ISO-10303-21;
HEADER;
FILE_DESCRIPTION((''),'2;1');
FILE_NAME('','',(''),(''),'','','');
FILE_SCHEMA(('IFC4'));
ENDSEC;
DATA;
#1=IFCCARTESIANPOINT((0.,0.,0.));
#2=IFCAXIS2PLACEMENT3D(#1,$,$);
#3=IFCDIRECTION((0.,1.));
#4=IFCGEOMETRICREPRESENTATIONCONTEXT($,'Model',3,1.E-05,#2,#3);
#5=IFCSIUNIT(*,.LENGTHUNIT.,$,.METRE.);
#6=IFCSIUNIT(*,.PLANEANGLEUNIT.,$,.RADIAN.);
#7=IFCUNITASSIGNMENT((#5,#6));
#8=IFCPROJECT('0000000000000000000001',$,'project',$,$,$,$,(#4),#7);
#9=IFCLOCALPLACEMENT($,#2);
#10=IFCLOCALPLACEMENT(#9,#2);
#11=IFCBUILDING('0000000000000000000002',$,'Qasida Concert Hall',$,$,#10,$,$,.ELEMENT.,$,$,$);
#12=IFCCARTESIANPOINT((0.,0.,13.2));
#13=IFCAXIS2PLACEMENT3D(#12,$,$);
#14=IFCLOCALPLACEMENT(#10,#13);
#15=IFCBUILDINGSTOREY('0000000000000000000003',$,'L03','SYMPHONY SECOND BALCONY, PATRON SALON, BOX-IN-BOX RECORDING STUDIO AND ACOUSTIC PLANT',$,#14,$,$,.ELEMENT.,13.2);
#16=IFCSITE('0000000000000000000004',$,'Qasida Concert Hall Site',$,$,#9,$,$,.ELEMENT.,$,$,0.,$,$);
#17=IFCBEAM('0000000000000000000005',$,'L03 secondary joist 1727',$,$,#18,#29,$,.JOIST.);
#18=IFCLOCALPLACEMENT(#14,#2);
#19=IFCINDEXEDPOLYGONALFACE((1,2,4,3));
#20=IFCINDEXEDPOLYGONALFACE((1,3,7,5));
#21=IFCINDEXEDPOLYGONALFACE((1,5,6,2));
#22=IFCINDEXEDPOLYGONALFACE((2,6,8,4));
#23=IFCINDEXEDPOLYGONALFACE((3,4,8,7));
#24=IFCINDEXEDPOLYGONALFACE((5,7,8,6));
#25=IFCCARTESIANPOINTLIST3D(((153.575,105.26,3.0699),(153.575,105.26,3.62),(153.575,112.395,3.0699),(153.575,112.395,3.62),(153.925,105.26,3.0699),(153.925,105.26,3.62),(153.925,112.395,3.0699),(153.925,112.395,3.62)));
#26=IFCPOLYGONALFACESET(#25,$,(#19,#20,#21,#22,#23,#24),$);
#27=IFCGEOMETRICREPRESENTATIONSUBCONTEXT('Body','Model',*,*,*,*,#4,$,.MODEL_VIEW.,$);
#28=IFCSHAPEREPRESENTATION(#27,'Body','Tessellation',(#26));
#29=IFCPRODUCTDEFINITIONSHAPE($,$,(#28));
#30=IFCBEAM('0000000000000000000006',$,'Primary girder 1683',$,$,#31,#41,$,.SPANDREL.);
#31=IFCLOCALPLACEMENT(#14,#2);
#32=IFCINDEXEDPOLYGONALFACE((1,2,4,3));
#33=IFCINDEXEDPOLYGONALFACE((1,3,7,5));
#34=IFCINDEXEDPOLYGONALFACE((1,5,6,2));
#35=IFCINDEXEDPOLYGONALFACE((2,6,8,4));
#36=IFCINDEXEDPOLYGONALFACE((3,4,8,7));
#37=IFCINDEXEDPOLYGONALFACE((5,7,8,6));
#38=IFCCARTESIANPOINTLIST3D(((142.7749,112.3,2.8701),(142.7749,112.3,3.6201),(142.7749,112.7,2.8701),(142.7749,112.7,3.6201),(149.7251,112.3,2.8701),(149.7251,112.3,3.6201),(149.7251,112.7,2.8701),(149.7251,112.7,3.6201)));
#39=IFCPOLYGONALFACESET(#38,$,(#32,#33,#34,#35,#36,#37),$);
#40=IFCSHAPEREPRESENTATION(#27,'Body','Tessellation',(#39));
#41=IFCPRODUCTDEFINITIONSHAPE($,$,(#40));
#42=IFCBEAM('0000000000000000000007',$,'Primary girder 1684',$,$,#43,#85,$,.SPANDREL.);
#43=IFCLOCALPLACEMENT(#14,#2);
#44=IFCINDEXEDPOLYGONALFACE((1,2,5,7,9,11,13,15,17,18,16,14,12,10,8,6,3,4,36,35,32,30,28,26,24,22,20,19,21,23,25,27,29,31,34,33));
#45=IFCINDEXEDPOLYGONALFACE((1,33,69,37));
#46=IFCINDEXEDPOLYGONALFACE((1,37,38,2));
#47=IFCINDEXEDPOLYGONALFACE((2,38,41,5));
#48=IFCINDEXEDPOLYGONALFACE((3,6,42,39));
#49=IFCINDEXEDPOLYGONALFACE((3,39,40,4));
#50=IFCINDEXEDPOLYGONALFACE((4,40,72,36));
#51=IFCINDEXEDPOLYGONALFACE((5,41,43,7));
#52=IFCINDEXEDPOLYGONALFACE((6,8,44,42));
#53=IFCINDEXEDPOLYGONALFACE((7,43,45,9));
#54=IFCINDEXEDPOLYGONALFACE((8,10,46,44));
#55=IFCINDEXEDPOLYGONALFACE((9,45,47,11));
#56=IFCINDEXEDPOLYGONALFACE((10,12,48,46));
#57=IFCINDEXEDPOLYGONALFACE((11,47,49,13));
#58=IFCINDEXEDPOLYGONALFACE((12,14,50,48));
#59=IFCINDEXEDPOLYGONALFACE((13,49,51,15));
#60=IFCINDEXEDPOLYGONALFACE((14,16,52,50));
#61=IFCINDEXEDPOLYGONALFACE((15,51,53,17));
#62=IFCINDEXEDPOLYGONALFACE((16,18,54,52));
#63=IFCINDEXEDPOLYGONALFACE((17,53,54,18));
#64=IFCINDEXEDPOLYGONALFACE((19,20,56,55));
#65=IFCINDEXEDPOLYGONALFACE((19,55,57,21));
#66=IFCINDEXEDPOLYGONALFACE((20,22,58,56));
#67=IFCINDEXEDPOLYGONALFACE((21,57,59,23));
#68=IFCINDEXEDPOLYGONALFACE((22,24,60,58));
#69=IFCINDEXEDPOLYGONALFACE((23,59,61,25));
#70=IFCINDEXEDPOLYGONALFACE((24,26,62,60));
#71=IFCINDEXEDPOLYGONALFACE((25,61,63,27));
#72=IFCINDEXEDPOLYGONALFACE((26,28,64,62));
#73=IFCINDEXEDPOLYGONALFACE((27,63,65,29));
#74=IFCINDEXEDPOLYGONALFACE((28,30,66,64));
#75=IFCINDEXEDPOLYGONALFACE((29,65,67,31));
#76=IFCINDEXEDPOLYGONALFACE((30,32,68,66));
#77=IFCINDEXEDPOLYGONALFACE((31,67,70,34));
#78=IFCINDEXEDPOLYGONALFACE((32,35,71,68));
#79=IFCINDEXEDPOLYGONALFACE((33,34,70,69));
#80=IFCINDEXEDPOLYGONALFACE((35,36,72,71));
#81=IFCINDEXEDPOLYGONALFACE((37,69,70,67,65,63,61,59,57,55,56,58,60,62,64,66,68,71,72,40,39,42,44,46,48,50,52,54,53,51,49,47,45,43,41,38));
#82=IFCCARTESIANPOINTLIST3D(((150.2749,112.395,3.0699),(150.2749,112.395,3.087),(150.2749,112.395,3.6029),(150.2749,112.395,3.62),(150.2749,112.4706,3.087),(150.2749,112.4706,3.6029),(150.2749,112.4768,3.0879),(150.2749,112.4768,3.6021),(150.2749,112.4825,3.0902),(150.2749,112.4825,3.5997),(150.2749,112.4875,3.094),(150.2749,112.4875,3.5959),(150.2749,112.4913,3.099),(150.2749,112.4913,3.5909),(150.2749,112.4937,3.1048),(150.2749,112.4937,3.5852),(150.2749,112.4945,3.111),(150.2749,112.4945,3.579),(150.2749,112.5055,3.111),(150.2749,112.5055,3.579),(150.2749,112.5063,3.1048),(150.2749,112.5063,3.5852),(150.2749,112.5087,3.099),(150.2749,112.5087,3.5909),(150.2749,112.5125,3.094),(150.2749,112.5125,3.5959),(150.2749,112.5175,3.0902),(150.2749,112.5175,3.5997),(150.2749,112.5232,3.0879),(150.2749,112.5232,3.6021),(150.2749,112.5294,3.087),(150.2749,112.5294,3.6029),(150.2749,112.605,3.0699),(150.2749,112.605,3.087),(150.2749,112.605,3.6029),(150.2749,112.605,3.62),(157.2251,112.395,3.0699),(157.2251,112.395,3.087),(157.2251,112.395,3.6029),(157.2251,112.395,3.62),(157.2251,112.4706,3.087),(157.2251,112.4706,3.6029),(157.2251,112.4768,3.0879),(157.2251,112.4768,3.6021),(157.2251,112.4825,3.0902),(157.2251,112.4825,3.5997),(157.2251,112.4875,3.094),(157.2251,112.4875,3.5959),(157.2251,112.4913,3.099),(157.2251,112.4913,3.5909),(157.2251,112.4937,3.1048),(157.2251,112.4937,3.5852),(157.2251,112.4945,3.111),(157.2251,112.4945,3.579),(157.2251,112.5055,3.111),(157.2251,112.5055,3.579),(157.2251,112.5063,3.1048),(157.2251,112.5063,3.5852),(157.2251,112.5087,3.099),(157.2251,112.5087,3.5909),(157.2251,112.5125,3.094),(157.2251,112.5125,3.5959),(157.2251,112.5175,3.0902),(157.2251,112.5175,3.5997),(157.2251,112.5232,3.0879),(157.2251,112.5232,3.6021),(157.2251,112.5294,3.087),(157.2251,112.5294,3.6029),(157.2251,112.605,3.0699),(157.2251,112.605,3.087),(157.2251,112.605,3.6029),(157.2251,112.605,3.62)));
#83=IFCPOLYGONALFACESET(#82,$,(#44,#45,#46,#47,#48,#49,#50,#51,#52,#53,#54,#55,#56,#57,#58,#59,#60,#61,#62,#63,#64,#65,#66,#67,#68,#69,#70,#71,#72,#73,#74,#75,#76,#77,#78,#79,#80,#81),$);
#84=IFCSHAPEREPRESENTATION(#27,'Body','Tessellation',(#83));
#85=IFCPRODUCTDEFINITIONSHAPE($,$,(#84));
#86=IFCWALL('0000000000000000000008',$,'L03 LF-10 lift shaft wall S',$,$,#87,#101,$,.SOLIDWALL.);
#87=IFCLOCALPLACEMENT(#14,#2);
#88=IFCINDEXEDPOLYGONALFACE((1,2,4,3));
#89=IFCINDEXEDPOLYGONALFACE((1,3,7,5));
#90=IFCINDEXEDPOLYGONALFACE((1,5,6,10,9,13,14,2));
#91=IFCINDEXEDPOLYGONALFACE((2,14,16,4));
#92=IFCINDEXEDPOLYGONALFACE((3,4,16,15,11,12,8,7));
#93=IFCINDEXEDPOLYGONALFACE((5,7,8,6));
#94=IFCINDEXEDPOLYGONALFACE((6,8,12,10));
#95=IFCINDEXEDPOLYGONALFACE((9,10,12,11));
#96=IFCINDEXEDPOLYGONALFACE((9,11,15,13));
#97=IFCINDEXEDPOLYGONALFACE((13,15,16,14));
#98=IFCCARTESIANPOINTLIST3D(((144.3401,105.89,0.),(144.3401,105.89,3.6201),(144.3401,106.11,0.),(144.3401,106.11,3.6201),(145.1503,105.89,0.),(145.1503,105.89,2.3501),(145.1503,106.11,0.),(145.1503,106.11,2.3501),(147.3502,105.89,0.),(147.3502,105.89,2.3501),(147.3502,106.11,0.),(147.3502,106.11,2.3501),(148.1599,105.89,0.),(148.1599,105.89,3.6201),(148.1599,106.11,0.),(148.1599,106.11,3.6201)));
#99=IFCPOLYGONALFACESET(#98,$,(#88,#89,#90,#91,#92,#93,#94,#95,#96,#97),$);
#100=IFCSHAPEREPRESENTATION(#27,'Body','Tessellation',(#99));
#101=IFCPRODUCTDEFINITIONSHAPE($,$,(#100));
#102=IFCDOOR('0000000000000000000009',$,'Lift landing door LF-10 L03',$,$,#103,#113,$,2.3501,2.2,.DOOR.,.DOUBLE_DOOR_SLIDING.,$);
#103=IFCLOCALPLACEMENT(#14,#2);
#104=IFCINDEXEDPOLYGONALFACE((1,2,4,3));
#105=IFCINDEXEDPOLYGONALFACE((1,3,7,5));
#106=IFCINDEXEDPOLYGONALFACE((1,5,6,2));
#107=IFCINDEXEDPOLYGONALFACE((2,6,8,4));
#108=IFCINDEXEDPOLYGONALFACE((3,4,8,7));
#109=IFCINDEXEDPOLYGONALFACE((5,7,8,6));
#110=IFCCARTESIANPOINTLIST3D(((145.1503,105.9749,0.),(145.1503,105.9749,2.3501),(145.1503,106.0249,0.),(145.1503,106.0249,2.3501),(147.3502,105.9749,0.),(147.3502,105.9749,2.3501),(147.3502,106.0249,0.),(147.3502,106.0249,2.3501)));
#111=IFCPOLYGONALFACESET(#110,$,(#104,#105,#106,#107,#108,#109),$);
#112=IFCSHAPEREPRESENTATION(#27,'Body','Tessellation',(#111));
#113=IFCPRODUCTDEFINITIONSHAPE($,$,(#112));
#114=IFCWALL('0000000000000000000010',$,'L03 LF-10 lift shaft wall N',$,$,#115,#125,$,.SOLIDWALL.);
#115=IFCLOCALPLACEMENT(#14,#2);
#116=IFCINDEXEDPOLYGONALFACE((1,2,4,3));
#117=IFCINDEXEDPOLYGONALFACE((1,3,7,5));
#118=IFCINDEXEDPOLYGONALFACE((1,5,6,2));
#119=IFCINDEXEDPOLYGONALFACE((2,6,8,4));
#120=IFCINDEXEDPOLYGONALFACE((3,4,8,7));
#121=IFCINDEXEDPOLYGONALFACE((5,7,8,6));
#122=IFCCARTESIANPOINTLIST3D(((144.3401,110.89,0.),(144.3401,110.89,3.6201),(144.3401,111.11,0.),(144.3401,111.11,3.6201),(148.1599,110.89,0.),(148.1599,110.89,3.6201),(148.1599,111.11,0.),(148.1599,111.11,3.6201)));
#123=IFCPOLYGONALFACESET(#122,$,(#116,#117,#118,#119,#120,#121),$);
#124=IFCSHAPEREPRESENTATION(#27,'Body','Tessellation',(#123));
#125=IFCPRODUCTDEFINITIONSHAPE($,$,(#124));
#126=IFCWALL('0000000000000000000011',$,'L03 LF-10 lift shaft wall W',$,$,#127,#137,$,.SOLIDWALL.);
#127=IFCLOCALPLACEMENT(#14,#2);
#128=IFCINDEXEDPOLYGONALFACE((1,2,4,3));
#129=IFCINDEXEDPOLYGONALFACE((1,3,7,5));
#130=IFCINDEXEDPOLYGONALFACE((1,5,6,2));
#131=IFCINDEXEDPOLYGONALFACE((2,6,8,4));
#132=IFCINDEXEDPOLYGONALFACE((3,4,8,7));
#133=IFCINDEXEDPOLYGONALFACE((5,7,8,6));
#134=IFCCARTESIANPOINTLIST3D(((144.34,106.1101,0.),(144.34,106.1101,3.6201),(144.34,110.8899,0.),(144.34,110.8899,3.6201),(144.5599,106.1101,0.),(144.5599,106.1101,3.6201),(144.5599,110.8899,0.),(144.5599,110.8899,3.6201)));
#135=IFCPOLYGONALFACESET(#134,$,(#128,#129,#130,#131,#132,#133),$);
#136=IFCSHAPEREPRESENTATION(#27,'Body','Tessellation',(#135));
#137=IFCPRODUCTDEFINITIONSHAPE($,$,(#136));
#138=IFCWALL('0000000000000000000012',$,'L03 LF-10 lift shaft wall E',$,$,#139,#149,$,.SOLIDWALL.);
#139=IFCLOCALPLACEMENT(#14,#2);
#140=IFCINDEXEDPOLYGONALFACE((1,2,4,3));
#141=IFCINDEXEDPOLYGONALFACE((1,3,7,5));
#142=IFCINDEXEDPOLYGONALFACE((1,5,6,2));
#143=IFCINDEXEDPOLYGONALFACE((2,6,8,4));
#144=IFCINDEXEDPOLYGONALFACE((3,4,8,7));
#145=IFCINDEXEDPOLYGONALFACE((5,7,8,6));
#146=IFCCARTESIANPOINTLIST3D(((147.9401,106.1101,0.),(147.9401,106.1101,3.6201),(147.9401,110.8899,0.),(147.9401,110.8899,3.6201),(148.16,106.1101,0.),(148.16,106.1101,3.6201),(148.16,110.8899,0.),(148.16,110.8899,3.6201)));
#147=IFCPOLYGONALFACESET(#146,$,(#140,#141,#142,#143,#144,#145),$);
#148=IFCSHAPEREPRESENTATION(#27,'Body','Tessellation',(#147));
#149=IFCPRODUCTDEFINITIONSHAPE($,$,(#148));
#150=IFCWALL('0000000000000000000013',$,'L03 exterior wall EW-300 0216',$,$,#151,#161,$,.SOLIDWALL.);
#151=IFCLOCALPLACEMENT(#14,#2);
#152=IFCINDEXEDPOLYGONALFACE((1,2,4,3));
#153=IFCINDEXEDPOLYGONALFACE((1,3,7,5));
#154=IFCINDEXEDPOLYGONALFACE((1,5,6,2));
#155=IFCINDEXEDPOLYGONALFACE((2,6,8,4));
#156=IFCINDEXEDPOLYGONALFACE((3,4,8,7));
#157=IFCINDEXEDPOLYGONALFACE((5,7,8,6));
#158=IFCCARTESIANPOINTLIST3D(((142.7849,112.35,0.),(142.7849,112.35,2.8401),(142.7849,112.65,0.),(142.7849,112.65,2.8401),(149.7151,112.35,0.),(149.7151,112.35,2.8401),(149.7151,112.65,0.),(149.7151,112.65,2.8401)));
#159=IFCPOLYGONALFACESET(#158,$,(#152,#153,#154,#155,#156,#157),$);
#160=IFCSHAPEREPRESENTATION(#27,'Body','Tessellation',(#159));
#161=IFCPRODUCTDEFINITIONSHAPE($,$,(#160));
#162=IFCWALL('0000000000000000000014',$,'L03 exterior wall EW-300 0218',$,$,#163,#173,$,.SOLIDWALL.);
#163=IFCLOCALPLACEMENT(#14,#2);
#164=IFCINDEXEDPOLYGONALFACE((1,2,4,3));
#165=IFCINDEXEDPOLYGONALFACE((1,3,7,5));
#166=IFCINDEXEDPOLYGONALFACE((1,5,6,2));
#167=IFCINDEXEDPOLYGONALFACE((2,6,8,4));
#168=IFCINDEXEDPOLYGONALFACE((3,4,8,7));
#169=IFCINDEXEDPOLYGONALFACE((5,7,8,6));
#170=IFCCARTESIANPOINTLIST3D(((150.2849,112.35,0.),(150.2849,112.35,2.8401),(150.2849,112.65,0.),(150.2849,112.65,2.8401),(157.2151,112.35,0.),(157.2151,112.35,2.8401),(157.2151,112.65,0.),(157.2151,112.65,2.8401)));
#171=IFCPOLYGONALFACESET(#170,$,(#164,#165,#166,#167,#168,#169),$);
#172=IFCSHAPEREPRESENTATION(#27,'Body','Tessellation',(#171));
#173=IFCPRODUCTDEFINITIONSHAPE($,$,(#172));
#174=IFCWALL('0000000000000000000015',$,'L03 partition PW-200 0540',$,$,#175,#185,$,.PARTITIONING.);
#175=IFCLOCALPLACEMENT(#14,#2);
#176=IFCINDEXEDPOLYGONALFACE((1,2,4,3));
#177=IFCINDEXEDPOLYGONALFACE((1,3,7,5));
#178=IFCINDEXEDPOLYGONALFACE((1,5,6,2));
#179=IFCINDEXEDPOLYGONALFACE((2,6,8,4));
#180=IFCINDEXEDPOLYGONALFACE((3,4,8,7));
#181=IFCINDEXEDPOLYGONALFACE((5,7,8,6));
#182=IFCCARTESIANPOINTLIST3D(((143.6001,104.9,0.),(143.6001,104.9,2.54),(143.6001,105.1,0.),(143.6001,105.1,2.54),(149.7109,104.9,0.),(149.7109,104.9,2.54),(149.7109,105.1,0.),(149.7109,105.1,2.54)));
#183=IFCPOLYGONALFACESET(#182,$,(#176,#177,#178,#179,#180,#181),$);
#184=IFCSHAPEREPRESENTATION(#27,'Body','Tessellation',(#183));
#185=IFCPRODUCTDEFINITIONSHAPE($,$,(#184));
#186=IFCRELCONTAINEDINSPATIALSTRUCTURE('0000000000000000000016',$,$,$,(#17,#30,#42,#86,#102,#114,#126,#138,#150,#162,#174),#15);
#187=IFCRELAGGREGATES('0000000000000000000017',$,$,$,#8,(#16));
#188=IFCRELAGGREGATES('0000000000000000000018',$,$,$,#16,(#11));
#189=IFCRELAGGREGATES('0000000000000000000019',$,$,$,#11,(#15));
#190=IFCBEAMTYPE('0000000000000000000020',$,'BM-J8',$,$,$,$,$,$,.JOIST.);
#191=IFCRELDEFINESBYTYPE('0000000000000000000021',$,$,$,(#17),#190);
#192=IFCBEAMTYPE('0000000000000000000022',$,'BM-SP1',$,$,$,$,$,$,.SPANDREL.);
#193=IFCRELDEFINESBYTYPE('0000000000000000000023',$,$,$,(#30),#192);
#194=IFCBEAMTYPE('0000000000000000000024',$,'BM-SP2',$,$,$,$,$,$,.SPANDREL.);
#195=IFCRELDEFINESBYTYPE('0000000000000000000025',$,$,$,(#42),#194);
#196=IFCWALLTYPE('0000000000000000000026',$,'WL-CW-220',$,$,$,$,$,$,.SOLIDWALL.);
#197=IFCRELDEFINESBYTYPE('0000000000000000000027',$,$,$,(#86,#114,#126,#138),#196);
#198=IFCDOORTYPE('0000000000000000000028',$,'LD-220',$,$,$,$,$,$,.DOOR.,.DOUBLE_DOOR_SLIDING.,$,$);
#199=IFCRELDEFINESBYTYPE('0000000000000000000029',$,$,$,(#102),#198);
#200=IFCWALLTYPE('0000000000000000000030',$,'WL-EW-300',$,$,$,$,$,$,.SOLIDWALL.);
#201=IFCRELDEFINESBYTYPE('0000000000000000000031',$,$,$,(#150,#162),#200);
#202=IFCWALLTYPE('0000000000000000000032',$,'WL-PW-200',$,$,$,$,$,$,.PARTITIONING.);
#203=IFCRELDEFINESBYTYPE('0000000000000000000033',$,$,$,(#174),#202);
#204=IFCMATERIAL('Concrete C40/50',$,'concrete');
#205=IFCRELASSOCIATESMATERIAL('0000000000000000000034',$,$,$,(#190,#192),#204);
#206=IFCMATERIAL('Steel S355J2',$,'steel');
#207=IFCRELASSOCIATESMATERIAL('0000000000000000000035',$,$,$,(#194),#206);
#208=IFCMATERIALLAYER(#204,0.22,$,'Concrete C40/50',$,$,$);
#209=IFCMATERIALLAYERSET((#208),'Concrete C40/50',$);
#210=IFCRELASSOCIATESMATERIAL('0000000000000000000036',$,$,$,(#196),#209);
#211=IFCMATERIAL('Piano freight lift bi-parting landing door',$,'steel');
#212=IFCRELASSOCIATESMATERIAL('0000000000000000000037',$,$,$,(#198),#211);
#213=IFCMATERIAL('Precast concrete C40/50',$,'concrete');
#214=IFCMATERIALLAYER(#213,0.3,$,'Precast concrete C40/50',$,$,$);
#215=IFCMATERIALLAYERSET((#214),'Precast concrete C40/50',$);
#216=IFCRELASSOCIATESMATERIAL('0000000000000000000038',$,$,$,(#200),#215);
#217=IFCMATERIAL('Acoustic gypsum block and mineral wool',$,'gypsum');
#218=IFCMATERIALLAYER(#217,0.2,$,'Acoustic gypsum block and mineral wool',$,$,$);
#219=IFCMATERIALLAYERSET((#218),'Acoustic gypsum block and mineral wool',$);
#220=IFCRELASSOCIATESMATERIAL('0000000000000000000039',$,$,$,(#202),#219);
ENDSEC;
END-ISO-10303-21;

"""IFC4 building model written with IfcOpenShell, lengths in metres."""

from ifc_helpers import new_model, si_unit, direction, frame, frame_2d, origin, origin_2d, place, context, subcontext, project, spatial, rectangle, i_section, extrude, material, layer, layer_set, material_profile, profile_set, type_object, element, fill, save


model = new_model("IFC4")

# Units and contexts
model_context = context("Model", 3, precision=1e-05, world=origin(), true_north=direction((0.0, 1.0)))
body_context = subcontext(model_context, "Body", "Model", "MODEL_VIEW")
ifc_project = project(units=[si_unit("LENGTHUNIT", "METRE"), si_unit("PLANEANGLEUNIT", "RADIAN")], contexts=[model_context])

# Site, building, storey
site_placement = place(None, origin())
site = spatial("IfcSite", under=ifc_project, at=site_placement, Name="Qasida Concert Hall Site", CompositionType="ELEMENT", RefElevation=0.0)
building_placement = place(site_placement, origin())
building = spatial("IfcBuilding", under=site, at=building_placement, Name="Qasida Concert Hall", CompositionType="ELEMENT")
storey_placement = place(building_placement, frame((0.0, 0.0, 13.2)))
storey = spatial("IfcBuildingStorey", under=building, at=storey_placement, Name="L03", Description="SYMPHONY SECOND BALCONY, PATRON SALON, BOX-IN-BOX RECORDING STUDIO AND ACOUSTIC PLANT", CompositionType="ELEMENT", Elevation=13.2)

# Beams
ifc_material_1 = material(Name="Concrete C40/50", Category="concrete")
ifc_material_2 = material(Name="Steel S355J2", Category="steel")
ifc_material_profile_1 = material_profile(ifc_material_1, rectangle(XDim=0.3501, YDim=0.55, at=origin_2d()), Name="RC 350x550")
ifc_profile_set_1 = profile_set([ifc_material_profile_1], Name="Concrete C40/50")
beam_type_1 = type_object("IfcBeamType", Name="BM-J8", PredefinedType="JOIST", material=ifc_profile_set_1)
beam_1_placement = place(storey_placement, frame((153.75, 105.26, 3.345), z_axis=(0.0, 1.0, 0.0), x_axis=(-1.0, 0.0, 0.0)))
element("IfcBeam", 1, at=beam_1_placement, inside=storey, type_object=beam_type_1, Name="L03 secondary joist 1727", PredefinedType="JOIST", context=body_context, shape_type="SweptSolid", body=[
    extrude(rectangle(XDim=0.3501, YDim=0.55, at=origin_2d()), origin(), (0.0, 0.0, 1.0), 7.135),
])
ifc_material_profile_2 = material_profile(ifc_material_1, rectangle(XDim=0.3999, YDim=0.75, at=origin_2d()), Name="RC 400x750")
ifc_profile_set_2 = profile_set([ifc_material_profile_2], Name="Concrete C40/50")
beam_type_2 = type_object("IfcBeamType", Name="BM-SP1", PredefinedType="SPANDREL", material=ifc_profile_set_2)
beam_2_placement = place(storey_placement, frame((142.7749, 112.5, 3.2451), z_axis=(1.0, 0.0, 0.0), x_axis=(0.0, 1.0, 0.0)))
element("IfcBeam", 2, at=beam_2_placement, inside=storey, type_object=beam_type_2, Name="Primary girder 1683", PredefinedType="SPANDREL", context=body_context, shape_type="SweptSolid", body=[
    extrude(rectangle(XDim=0.3999, YDim=0.75, at=origin_2d()), origin(), (0.0, 0.0, 1.0), 6.9502),
])
ifc_material_profile_3 = material_profile(ifc_material_2, i_section(OverallWidth=0.21, OverallDepth=0.55, WebThickness=0.011, FlangeThickness=0.0171, FilletRadius=0.0239, at=origin_2d()), Name="IPE 550")
ifc_profile_set_3 = profile_set([ifc_material_profile_3], Name="Steel S355J2")
beam_type_3 = type_object("IfcBeamType", Name="BM-SP2", PredefinedType="SPANDREL", material=ifc_profile_set_3)
beam_3_placement = place(storey_placement, frame((150.2749, 112.5, 3.345), z_axis=(1.0, 0.0, 0.0), x_axis=(0.0, 1.0, 0.0)))
element("IfcBeam", 3, at=beam_3_placement, inside=storey, type_object=beam_type_3, Name="Primary girder 1684", PredefinedType="SPANDREL", context=body_context, shape_type="SweptSolid", body=[
    extrude(i_section(OverallWidth=0.21, OverallDepth=0.55, WebThickness=0.011, FlangeThickness=0.0171, FilletRadius=0.0239, at=origin_2d()), origin(), (0.0, 0.0, 1.0), 6.9502),
])

# Wall, opening, door
ifc_layer_1 = layer(ifc_material_1, 0.22, Name="Concrete C40/50")
ifc_layer_set_1 = layer_set([ifc_layer_1], Name="Concrete C40/50")
wall_type_1 = type_object("IfcWallType", Name="WL-CW-220", PredefinedType="SOLIDWALL", material=ifc_layer_set_1)
wall_1_placement = place(storey_placement, frame((144.3401, 106.0, 0.0), z_axis=(0.0, 0.0, 1.0), x_axis=(1.0, 0.0, 0.0)))
wall_1 = element("IfcWall", 4, at=wall_1_placement, inside=storey, type_object=wall_type_1, Name="L03 LF-10 lift shaft wall S", PredefinedType="SOLIDWALL", context=body_context, shape_type="SweptSolid", body=[
    extrude(rectangle(XDim=3.8198, YDim=0.22, at=frame_2d((1.9099, 0.0))), origin(), (0.0, 0.0, 1.0), 3.6201),
])
opening_1_placement = place(wall_1_placement, frame((0.8101, 0.0, 0.0)))
opening_1 = element("IfcOpeningElement", 5, at=opening_1_placement, cuts=wall_1, PredefinedType="OPENING", context=body_context, shape_type="SweptSolid", body=[
    extrude(rectangle(XDim=2.2, YDim=2.3501, at=frame_2d((1.1001, 1.175))), frame((0.0, 0.1199, 0.0), z_axis=(0.0, -1.0, 0.0), x_axis=(1.0, 0.0, 0.0)), (0.0, 0.0, 1.0), 0.24),
])
ifc_material_3 = material(Name="Piano freight lift bi-parting landing door", Category="steel")
door_type_1 = type_object("IfcDoorType", Name="LD-220", OperationType="DOUBLE_DOOR_SLIDING", PredefinedType="DOOR", material=ifc_material_3)
door_1_placement = place(opening_1_placement, origin())
door_1 = element("IfcDoor", 6, at=door_1_placement, inside=storey, type_object=door_type_1, Name="Lift landing door LF-10 L03", OperationType="DOUBLE_DOOR_SLIDING", OverallHeight=2.3501, OverallWidth=2.2, PredefinedType="DOOR", context=body_context, shape_type="SweptSolid", body=[
    extrude(rectangle(XDim=2.2, YDim=2.3501, at=frame_2d((1.1001, 1.175))), frame((0.0, 0.0249, 0.0), z_axis=(0.0, -1.0, 0.0), x_axis=(1.0, 0.0, 0.0)), (0.0, 0.0, 1.0), 0.05),
])
fill(opening_1, door_1)

# Walls
wall_2_placement = place(storey_placement, frame((144.3401, 111.0, 0.0), z_axis=(0.0, 0.0, 1.0), x_axis=(1.0, 0.0, 0.0)))
element("IfcWall", 7, at=wall_2_placement, inside=storey, type_object=wall_type_1, Name="L03 LF-10 lift shaft wall N", PredefinedType="SOLIDWALL", context=body_context, shape_type="SweptSolid", body=[
    extrude(rectangle(XDim=3.8198, YDim=0.22, at=frame_2d((1.9099, 0.0))), origin(), (0.0, 0.0, 1.0), 3.6201),
])
for number, where, z_axis, x_axis, name in (
    (8, (144.45, 106.1101, 0.0), (0.0, 0.0, 1.0), (0.0, 1.0, 0.0), "L03 LF-10 lift shaft wall W"),
    (9, (148.05, 106.1101, 0.0), (0.0, 0.0, 1.0), (0.0, 1.0, 0.0), "L03 LF-10 lift shaft wall E"),
):
    element("IfcWall", number, at=place(storey_placement, frame(where, z_axis=z_axis, x_axis=x_axis)), inside=storey, type_object=wall_type_1, Name=name, PredefinedType="SOLIDWALL", context=body_context, shape_type="SweptSolid", body=[
        extrude(rectangle(XDim=4.7798, YDim=0.22, at=frame_2d((2.3899, 0.0))), origin(), (0.0, 0.0, 1.0), 3.6201),
    ])
ifc_material_4 = material(Name="Precast concrete C40/50", Category="concrete")
ifc_layer_2 = layer(ifc_material_4, 0.3, Name="Precast concrete C40/50")
ifc_layer_set_2 = layer_set([ifc_layer_2], Name="Precast concrete C40/50")
wall_type_2 = type_object("IfcWallType", Name="WL-EW-300", PredefinedType="SOLIDWALL", material=ifc_layer_set_2)
for number, where, z_axis, x_axis, name in (
    (10, (142.7849, 112.5, 0.0), (0.0, 0.0, 1.0), (1.0, 0.0, 0.0), "L03 exterior wall EW-300 0216"),
    (11, (150.2849, 112.5, 0.0), (0.0, 0.0, 1.0), (1.0, 0.0, 0.0), "L03 exterior wall EW-300 0218"),
):
    element("IfcWall", number, at=place(storey_placement, frame(where, z_axis=z_axis, x_axis=x_axis)), inside=storey, type_object=wall_type_2, Name=name, PredefinedType="SOLIDWALL", context=body_context, shape_type="SweptSolid", body=[
        extrude(rectangle(XDim=6.9302, YDim=0.3, at=frame_2d((3.4651, 0.0))), origin(), (0.0, 0.0, 1.0), 2.8401),
    ])
ifc_material_5 = material(Name="Acoustic gypsum block and mineral wool", Category="gypsum")
ifc_layer_3 = layer(ifc_material_5, 0.2, Name="Acoustic gypsum block and mineral wool")
ifc_layer_set_3 = layer_set([ifc_layer_3], Name="Acoustic gypsum block and mineral wool")
wall_type_3 = type_object("IfcWallType", Name="WL-PW-200", PredefinedType="PARTITIONING", material=ifc_layer_set_3)
wall_3_placement = place(storey_placement, frame((143.6001, 105.0, 0.0), z_axis=(0.0, 0.0, 1.0), x_axis=(1.0, 0.0, 0.0)))
element("IfcWall", 12, at=wall_3_placement, inside=storey, type_object=wall_type_3, Name="L03 partition PW-200 0540", PredefinedType="PARTITIONING", context=body_context, shape_type="SweptSolid", body=[
    extrude(rectangle(XDim=6.1108, YDim=0.2, at=frame_2d((3.0554, 0.0))), origin(), (0.0, 0.0, 1.0), 2.54),
])

save(model, "model.ifc")
